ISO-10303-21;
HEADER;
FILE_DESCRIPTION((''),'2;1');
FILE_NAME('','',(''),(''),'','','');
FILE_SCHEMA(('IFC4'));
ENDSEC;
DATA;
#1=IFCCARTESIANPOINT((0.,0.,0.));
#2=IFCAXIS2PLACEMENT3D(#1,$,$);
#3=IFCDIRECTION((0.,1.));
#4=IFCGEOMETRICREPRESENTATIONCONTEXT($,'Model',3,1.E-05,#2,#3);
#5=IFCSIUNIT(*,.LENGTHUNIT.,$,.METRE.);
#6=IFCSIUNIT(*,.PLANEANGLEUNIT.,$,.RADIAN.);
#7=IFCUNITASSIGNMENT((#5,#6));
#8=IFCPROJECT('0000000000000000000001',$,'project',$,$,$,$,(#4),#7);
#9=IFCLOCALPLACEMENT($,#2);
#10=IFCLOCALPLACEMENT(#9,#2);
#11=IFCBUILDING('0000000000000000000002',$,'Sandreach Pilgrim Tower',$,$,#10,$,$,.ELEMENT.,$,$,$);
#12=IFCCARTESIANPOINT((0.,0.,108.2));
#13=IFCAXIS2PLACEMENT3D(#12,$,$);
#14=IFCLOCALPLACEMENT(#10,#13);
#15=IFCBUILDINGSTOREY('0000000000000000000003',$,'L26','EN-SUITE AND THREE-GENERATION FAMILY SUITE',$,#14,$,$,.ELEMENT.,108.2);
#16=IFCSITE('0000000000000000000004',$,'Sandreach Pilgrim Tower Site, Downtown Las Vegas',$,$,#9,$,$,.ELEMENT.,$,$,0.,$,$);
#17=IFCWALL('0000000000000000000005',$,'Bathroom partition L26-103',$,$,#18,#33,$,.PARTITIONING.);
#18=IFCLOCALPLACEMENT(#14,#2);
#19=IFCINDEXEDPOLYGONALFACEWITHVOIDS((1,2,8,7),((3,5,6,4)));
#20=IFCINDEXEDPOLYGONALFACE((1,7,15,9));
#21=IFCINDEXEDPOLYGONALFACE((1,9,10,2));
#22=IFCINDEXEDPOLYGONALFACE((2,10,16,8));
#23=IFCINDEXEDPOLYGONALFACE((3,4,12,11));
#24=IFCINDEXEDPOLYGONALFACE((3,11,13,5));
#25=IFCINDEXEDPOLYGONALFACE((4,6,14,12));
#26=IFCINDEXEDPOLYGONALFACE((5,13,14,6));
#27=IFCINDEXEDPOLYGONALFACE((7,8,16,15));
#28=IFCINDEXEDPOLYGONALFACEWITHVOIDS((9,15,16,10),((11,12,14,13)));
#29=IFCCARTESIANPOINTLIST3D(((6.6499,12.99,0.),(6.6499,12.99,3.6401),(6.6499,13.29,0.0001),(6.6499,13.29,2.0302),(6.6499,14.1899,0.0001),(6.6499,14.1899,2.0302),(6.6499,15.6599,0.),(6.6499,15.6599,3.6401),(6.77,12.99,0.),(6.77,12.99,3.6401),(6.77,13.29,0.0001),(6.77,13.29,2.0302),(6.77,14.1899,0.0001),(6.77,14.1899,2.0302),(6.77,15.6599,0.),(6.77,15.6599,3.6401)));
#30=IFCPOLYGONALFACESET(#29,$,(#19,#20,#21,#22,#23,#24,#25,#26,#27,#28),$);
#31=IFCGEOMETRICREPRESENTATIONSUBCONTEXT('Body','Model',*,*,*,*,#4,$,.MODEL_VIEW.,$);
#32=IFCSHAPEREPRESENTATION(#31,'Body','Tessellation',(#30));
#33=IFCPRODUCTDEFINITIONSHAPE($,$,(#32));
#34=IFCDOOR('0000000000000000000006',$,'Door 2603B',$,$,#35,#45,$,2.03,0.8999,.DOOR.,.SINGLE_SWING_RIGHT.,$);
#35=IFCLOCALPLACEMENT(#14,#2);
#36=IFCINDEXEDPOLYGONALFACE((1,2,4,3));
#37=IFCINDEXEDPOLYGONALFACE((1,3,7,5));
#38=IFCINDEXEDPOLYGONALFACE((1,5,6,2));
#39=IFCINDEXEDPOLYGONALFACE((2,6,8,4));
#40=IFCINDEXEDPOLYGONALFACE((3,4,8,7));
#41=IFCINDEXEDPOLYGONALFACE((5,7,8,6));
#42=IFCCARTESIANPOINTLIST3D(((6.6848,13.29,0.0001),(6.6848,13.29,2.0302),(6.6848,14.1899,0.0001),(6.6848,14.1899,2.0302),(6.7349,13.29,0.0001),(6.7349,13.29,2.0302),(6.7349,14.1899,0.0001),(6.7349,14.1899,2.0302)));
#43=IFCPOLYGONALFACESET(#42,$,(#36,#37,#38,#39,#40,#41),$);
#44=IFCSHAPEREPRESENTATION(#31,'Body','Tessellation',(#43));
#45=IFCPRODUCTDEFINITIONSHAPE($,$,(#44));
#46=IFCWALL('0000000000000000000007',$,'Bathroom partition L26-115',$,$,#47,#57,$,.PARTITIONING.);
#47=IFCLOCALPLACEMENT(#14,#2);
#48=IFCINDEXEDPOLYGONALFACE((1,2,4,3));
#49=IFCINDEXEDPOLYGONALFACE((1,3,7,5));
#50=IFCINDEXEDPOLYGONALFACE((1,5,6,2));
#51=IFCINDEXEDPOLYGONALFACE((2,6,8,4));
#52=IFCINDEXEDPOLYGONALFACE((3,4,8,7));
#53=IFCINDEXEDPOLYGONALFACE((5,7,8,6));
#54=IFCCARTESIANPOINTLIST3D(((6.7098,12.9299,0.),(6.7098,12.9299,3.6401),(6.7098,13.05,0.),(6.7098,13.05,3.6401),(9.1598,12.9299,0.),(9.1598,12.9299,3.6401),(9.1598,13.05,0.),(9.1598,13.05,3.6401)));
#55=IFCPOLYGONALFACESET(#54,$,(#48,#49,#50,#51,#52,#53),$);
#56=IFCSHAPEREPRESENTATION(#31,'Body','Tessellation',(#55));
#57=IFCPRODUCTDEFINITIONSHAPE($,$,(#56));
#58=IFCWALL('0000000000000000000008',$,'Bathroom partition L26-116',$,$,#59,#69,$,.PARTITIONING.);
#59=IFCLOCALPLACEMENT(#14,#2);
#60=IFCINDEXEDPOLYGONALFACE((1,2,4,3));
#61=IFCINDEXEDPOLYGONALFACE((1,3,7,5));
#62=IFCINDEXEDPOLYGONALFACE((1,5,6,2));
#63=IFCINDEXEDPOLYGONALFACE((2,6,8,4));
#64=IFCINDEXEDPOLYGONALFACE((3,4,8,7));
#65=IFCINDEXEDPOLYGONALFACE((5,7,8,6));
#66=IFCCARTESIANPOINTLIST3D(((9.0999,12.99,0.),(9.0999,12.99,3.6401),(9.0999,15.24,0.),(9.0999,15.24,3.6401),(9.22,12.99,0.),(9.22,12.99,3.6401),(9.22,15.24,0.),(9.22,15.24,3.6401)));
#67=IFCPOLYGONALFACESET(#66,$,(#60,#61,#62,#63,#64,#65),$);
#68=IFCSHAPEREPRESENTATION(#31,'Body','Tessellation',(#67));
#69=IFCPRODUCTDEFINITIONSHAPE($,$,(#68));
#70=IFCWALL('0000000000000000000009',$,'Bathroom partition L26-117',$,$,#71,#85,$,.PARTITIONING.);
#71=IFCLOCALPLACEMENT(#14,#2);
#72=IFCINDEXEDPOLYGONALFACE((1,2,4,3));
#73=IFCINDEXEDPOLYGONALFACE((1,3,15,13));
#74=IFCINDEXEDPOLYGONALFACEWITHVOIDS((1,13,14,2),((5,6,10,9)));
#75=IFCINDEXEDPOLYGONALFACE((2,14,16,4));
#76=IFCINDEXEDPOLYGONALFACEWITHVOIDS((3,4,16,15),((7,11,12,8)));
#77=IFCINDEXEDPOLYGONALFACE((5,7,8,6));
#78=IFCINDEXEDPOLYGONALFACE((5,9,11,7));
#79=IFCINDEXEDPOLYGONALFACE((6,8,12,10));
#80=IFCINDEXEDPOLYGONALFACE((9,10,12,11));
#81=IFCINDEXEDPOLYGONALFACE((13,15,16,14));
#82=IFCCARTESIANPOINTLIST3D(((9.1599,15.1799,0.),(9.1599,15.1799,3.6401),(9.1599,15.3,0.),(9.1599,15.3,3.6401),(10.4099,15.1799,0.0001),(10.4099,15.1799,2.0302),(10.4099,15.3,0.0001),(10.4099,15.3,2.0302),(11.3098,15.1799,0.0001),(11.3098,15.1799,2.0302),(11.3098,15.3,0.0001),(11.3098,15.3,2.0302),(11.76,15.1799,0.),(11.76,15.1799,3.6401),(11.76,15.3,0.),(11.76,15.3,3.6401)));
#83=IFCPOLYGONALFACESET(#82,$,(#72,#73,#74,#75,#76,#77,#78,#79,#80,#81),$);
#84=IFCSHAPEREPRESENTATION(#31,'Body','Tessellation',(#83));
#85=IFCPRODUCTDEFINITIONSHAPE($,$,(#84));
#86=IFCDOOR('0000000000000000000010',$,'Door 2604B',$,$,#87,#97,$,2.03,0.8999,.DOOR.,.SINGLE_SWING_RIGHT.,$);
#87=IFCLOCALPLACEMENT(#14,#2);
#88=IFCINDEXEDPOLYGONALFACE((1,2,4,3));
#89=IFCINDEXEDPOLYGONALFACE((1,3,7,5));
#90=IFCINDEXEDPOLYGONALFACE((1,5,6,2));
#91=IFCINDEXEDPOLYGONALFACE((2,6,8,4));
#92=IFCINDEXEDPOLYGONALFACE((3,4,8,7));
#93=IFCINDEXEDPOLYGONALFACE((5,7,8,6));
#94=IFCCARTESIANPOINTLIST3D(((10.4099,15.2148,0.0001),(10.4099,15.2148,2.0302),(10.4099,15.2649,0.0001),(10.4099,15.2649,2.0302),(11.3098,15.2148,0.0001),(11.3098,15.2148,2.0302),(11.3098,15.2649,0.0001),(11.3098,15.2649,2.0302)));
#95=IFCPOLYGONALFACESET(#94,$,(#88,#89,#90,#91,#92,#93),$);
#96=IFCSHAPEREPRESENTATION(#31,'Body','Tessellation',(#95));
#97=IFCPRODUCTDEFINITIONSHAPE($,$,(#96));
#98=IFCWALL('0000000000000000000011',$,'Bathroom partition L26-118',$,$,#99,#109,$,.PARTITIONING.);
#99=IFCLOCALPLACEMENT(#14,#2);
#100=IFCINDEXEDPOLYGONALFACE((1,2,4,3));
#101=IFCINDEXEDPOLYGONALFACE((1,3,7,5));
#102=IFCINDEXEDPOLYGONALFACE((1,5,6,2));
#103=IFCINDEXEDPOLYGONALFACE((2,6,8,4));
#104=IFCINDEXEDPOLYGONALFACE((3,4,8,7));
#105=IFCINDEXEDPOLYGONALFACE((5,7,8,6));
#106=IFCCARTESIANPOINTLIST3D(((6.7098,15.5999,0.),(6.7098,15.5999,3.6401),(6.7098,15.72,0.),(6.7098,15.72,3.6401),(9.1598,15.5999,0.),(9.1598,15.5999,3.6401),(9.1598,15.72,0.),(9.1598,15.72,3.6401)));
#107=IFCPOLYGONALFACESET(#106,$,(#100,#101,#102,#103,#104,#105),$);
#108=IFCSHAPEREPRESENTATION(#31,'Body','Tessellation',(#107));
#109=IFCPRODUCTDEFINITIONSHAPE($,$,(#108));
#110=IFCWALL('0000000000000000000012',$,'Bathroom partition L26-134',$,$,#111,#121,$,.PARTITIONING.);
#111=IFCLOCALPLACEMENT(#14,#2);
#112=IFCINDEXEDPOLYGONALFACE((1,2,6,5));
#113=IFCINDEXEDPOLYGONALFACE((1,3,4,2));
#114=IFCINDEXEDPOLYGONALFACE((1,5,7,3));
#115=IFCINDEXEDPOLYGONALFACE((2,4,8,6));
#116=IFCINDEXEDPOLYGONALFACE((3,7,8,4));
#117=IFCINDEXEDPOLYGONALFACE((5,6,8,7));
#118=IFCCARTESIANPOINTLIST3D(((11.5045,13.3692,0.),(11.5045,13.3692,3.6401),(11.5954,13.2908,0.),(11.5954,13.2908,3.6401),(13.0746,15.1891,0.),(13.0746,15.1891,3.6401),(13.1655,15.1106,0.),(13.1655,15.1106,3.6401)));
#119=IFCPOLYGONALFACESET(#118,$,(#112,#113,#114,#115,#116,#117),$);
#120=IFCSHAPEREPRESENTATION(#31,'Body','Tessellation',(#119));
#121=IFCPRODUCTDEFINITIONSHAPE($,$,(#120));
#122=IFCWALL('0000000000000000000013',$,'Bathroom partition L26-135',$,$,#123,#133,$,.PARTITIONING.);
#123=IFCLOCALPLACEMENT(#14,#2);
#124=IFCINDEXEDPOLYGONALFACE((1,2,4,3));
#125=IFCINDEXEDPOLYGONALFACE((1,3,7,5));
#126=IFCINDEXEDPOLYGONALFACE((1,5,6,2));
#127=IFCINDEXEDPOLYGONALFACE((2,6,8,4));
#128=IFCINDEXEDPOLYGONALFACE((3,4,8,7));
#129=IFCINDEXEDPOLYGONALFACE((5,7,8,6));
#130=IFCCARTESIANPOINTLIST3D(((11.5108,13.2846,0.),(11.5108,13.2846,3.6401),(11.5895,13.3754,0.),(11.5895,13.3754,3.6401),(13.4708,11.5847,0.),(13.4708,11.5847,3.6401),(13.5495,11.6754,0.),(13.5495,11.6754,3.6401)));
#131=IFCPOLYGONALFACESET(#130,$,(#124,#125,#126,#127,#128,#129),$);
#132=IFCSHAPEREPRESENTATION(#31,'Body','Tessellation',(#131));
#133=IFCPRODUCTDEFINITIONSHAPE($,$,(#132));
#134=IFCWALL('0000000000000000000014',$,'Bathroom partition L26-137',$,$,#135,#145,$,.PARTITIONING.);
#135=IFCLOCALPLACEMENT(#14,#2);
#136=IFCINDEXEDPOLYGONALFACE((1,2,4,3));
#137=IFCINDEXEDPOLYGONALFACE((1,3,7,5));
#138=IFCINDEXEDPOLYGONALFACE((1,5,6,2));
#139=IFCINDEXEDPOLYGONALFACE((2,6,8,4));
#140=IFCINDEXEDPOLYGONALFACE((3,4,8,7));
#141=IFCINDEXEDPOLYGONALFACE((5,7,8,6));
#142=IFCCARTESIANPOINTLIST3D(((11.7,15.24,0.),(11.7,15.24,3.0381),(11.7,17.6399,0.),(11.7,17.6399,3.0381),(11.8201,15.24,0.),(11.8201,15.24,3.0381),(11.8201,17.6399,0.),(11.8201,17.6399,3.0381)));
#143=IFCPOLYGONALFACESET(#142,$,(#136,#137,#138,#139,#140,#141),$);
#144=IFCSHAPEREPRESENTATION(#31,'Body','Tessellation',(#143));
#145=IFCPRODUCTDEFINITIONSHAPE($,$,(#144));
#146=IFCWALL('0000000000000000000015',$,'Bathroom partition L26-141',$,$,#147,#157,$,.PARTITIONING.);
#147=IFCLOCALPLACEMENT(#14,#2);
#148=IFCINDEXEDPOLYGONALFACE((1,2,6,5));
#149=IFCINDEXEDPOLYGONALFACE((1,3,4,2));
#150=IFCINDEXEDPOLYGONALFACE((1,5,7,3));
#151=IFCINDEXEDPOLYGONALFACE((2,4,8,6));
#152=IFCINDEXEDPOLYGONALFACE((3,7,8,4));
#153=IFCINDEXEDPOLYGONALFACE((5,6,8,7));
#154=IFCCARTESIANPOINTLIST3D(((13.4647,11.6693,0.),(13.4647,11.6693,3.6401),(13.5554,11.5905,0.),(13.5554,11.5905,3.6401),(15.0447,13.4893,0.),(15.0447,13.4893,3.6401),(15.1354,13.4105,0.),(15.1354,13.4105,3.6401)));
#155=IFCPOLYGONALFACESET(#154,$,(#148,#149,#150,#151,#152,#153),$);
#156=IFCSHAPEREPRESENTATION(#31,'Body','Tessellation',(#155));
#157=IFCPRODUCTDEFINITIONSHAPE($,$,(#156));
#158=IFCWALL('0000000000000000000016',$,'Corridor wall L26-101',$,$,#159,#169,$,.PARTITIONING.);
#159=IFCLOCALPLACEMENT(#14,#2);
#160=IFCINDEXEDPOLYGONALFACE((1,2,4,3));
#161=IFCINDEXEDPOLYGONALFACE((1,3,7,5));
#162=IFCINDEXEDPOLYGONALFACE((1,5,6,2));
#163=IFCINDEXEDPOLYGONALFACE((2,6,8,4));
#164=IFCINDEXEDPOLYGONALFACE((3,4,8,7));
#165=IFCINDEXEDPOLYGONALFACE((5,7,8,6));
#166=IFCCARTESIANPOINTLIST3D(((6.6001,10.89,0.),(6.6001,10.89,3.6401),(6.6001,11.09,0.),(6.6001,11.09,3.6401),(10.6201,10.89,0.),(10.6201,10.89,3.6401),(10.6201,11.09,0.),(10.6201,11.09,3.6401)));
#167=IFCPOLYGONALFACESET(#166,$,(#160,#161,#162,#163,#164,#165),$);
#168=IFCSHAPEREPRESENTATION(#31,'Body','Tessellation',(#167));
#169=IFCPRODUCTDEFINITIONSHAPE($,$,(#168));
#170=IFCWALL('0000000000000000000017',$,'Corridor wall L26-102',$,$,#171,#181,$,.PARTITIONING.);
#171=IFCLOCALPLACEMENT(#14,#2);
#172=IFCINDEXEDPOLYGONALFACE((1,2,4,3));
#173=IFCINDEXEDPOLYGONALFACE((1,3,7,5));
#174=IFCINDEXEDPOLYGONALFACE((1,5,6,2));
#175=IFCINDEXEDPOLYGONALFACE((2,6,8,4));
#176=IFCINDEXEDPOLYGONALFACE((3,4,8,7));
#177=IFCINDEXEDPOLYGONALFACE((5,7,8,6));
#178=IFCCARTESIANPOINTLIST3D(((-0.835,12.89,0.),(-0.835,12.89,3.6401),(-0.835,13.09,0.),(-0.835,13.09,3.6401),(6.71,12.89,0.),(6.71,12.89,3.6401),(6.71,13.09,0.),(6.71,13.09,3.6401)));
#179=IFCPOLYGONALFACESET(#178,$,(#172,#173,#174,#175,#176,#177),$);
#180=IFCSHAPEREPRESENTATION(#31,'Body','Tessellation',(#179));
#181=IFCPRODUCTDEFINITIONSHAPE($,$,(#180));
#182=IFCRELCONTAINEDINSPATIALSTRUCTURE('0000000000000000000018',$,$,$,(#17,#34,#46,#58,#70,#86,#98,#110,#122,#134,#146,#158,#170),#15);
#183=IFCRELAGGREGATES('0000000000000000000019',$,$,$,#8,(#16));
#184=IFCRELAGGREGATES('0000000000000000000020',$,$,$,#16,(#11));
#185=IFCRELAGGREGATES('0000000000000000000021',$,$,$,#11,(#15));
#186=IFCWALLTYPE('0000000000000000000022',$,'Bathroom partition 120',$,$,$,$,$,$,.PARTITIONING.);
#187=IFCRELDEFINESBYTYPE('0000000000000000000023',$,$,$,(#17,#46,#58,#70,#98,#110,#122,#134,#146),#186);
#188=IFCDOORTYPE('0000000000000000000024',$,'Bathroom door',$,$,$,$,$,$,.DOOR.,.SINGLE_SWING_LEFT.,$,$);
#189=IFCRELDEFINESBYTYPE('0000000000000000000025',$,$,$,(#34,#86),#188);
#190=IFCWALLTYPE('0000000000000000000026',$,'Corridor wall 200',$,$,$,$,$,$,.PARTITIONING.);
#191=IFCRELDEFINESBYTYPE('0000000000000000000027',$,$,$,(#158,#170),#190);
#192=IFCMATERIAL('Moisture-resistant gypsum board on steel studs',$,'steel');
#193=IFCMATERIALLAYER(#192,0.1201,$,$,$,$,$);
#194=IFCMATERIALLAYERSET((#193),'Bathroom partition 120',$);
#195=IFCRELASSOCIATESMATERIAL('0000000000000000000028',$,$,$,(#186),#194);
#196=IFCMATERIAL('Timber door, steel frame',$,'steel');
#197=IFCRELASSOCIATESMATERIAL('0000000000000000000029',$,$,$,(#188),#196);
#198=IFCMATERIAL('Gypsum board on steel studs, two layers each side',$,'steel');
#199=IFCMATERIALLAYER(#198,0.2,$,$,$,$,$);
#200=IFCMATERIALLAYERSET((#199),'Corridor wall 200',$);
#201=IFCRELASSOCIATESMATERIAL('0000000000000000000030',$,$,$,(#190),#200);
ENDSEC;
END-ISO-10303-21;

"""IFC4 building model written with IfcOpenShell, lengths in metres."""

from ifc_helpers import new_model, si_unit, direction, frame, frame_2d, origin, place, context, subcontext, project, spatial, rectangle, extrude, material, layer, layer_set, type_object, element, fill, save


model = new_model("IFC4")

# Units and contexts
model_context = context("Model", 3, precision=1e-05, world=origin(), true_north=direction((0.0, 1.0)))
body_context = subcontext(model_context, "Body", "Model", "MODEL_VIEW")
ifc_project = project(units=[si_unit("LENGTHUNIT", "METRE"), si_unit("PLANEANGLEUNIT", "RADIAN")], contexts=[model_context])

# Site, building, storey
site_placement = place(None, origin())
site = spatial("IfcSite", under=ifc_project, at=site_placement, Name="Sandreach Pilgrim Tower Site, Downtown Las Vegas", CompositionType="ELEMENT", RefElevation=0.0)
building_placement = place(site_placement, origin())
building = spatial("IfcBuilding", under=site, at=building_placement, Name="Sandreach Pilgrim Tower", CompositionType="ELEMENT")
storey_placement = place(building_placement, frame((0.0, 0.0, 108.2)))
storey = spatial("IfcBuildingStorey", under=building, at=storey_placement, Name="L26", Description="EN-SUITE AND THREE-GENERATION FAMILY SUITE", CompositionType="ELEMENT", Elevation=108.2)

# Wall, opening, door
ifc_material_1 = material(Name="Moisture-resistant gypsum board on steel studs", Category="steel")
ifc_layer_1 = layer(ifc_material_1, 0.1201)
ifc_layer_set_1 = layer_set([ifc_layer_1], Name="Bathroom partition 120")
wall_type_1 = type_object("IfcWallType", Name="Bathroom partition 120", PredefinedType="PARTITIONING", material=ifc_layer_set_1)
wall_1_placement = place(storey_placement, frame((6.71, 15.6599, 0.0), z_axis=(0.0, 0.0, 1.0), x_axis=(0.0, -1.0, 0.0)))
wall_1 = element("IfcWall", 1, at=wall_1_placement, inside=storey, type_object=wall_type_1, Name="Bathroom partition L26-103", PredefinedType="PARTITIONING", context=body_context, shape_type="SweptSolid", body=[
    extrude(rectangle(XDim=2.6699, YDim=0.1201, at=frame_2d((1.335, 0.0))), origin(), (0.0, 0.0, 1.0), 3.6401),
])
opening_1_placement = place(wall_1_placement, frame((1.47, 0.0, 0.0)))
opening_1 = element("IfcOpeningElement", 2, at=opening_1_placement, cuts=wall_1, PredefinedType="OPENING", context=body_context, shape_type="SweptSolid", body=[
    extrude(rectangle(XDim=0.8999, YDim=2.03, at=frame_2d((0.45, 1.0151))), frame((0.0, 0.0601, 0.0), z_axis=(0.0, -1.0, 0.0), x_axis=(1.0, 0.0, 0.0)), (0.0, 0.0, 1.0), 0.1201),
])
ifc_material_2 = material(Name="Timber door, steel frame", Category="steel")
door_type_1 = type_object("IfcDoorType", Name="Bathroom door", OperationType="SINGLE_SWING_LEFT", PredefinedType="DOOR", material=ifc_material_2)
door_1_placement = place(opening_1_placement, origin())
door_1 = element("IfcDoor", 3, at=door_1_placement, inside=storey, type_object=door_type_1, Name="Door 2603B", OperationType="SINGLE_SWING_RIGHT", OverallHeight=2.03, OverallWidth=0.8999, PredefinedType="DOOR", context=body_context, shape_type="SweptSolid", body=[
    extrude(rectangle(XDim=0.8999, YDim=2.03, at=frame_2d((0.45, 1.0151))), frame((0.0, 0.0249, 0.0), z_axis=(0.0, -1.0, 0.0), x_axis=(1.0, 0.0, 0.0)), (0.0, 0.0, 1.0), 0.05),
])
fill(opening_1, door_1)

# Walls
wall_2_placement = place(storey_placement, frame((9.1599, 12.99, 0.0), z_axis=(0.0, 0.0, 1.0), x_axis=(-1.0, 0.0, 0.0)))
element("IfcWall", 4, at=wall_2_placement, inside=storey, type_object=wall_type_1, Name="Bathroom partition L26-115", PredefinedType="PARTITIONING", context=body_context, shape_type="SweptSolid", body=[
    extrude(rectangle(XDim=2.45, YDim=0.1201, at=frame_2d((1.2251, 0.0))), origin(), (0.0, 0.0, 1.0), 3.6401),
])
wall_3_placement = place(storey_placement, frame((9.1599, 15.24, 0.0), z_axis=(0.0, 0.0, 1.0), x_axis=(0.0, -1.0, 0.0)))
element("IfcWall", 5, at=wall_3_placement, inside=storey, type_object=wall_type_1, Name="Bathroom partition L26-116", PredefinedType="PARTITIONING", context=body_context, shape_type="SweptSolid", body=[
    extrude(rectangle(XDim=2.25, YDim=0.1201, at=frame_2d((1.125, 0.0))), origin(), (0.0, 0.0, 1.0), 3.6401),
])

# Wall, opening, door
wall_4_placement = place(storey_placement, frame((9.1599, 15.24, 0.0), z_axis=(0.0, 0.0, 1.0), x_axis=(1.0, 0.0, 0.0)))
wall_4 = element("IfcWall", 6, at=wall_4_placement, inside=storey, type_object=wall_type_1, Name="Bathroom partition L26-117", PredefinedType="PARTITIONING", context=body_context, shape_type="SweptSolid", body=[
    extrude(rectangle(XDim=2.6001, YDim=0.1201, at=frame_2d((1.3, 0.0))), origin(), (0.0, 0.0, 1.0), 3.6401),
])
opening_2_placement = place(wall_4_placement, frame((1.25, 0.0, 0.0)))
opening_2 = element("IfcOpeningElement", 7, at=opening_2_placement, cuts=wall_4, PredefinedType="OPENING", context=body_context, shape_type="SweptSolid", body=[
    extrude(rectangle(XDim=0.8999, YDim=2.03, at=frame_2d((0.45, 1.0151))), frame((0.0, 0.0601, 0.0), z_axis=(0.0, -1.0, 0.0), x_axis=(1.0, 0.0, 0.0)), (0.0, 0.0, 1.0), 0.1201),
])
door_2_placement = place(opening_2_placement, origin())
door_2 = element("IfcDoor", 8, at=door_2_placement, inside=storey, type_object=door_type_1, Name="Door 2604B", OperationType="SINGLE_SWING_RIGHT", OverallHeight=2.03, OverallWidth=0.8999, PredefinedType="DOOR", context=body_context, shape_type="SweptSolid", body=[
    extrude(rectangle(XDim=0.8999, YDim=2.03, at=frame_2d((0.45, 1.0151))), frame((0.0, 0.0249, 0.0), z_axis=(0.0, -1.0, 0.0), x_axis=(1.0, 0.0, 0.0)), (0.0, 0.0, 1.0), 0.05),
])
fill(opening_2, door_2)

# Walls
wall_5_placement = place(storey_placement, frame((9.1599, 15.6599, 0.0), z_axis=(0.0, 0.0, 1.0), x_axis=(-1.0, 0.0, 0.0)))
element("IfcWall", 9, at=wall_5_placement, inside=storey, type_object=wall_type_1, Name="Bathroom partition L26-118", PredefinedType="PARTITIONING", context=body_context, shape_type="SweptSolid", body=[
    extrude(rectangle(XDim=2.45, YDim=0.1201, at=frame_2d((1.2251, 0.0))), origin(), (0.0, 0.0, 1.0), 3.6401),
])
wall_6_placement = place(storey_placement, frame((11.55, 13.3301, 0.0), z_axis=(0.0, 0.0, 1.0), x_axis=(0.653239, 0.757152, 0.0)))
element("IfcWall", 10, at=wall_6_placement, inside=storey, type_object=wall_type_1, Name="Bathroom partition L26-134", PredefinedType="PARTITIONING", context=body_context, shape_type="SweptSolid", body=[
    extrude(rectangle(XDim=2.4036, YDim=0.1201, at=frame_2d((1.2017, 0.0))), origin(), (0.0, 0.0, 1.0), 3.6401),
])
wall_7_placement = place(storey_placement, frame((11.55, 13.3301, 0.0), z_axis=(0.0, 0.0, 1.0), x_axis=(0.755438, -0.655221, 0.0)))
element("IfcWall", 11, at=wall_7_placement, inside=storey, type_object=wall_type_1, Name="Bathroom partition L26-135", PredefinedType="PARTITIONING", context=body_context, shape_type="SweptSolid", body=[
    extrude(rectangle(XDim=2.5945, YDim=0.1201, at=frame_2d((1.2974, 0.0))), origin(), (0.0, 0.0, 1.0), 3.6401),
])
wall_8_placement = place(storey_placement, frame((11.76, 15.24, 0.0), z_axis=(0.0, 0.0, 1.0), x_axis=(0.0, 1.0, 0.0)))
element("IfcWall", 12, at=wall_8_placement, inside=storey, type_object=wall_type_1, Name="Bathroom partition L26-137", PredefinedType="PARTITIONING", context=body_context, shape_type="SweptSolid", body=[
    extrude(rectangle(XDim=2.3999, YDim=0.1201, at=frame_2d((1.2, 0.0))), origin(), (0.0, 0.0, 1.0), 3.0381),
])
wall_9_placement = place(storey_placement, frame((13.51, 11.6299, 0.0), z_axis=(0.0, 0.0, 1.0), x_axis=(0.655567, 0.755137, 0.0)))
element("IfcWall", 13, at=wall_9_placement, inside=storey, type_object=wall_type_1, Name="Bathroom partition L26-141", PredefinedType="PARTITIONING", context=body_context, shape_type="SweptSolid", body=[
    extrude(rectangle(XDim=2.4102, YDim=0.1201, at=frame_2d((1.2051, 0.0))), origin(), (0.0, 0.0, 1.0), 3.6401),
])
ifc_material_3 = material(Name="Gypsum board on steel studs, two layers each side", Category="steel")
ifc_layer_2 = layer(ifc_material_3, 0.2)
ifc_layer_set_2 = layer_set([ifc_layer_2], Name="Corridor wall 200")
wall_type_2 = type_object("IfcWallType", Name="Corridor wall 200", PredefinedType="PARTITIONING", material=ifc_layer_set_2)
wall_10_placement = place(storey_placement, frame((6.6001, 10.99, 0.0), z_axis=(0.0, 0.0, 1.0), x_axis=(1.0, 0.0, 0.0)))
element("IfcWall", 14, at=wall_10_placement, inside=storey, type_object=wall_type_2, Name="Corridor wall L26-101", PredefinedType="PARTITIONING", context=body_context, shape_type="SweptSolid", body=[
    extrude(rectangle(XDim=4.02, YDim=0.2, at=frame_2d((2.01, 0.0))), origin(), (0.0, 0.0, 1.0), 3.6401),
])
wall_11_placement = place(storey_placement, frame((6.71, 12.99, 0.0), z_axis=(0.0, 0.0, 1.0), x_axis=(-1.0, 0.0, 0.0)))
element("IfcWall", 15, at=wall_11_placement, inside=storey, type_object=wall_type_2, Name="Corridor wall L26-102", PredefinedType="PARTITIONING", context=body_context, shape_type="SweptSolid", body=[
    extrude(rectangle(XDim=7.5449, YDim=0.2, at=frame_2d((3.7725, 0.0))), origin(), (0.0, 0.0, 1.0), 3.6401),
])

save(model, "model.ifc")
